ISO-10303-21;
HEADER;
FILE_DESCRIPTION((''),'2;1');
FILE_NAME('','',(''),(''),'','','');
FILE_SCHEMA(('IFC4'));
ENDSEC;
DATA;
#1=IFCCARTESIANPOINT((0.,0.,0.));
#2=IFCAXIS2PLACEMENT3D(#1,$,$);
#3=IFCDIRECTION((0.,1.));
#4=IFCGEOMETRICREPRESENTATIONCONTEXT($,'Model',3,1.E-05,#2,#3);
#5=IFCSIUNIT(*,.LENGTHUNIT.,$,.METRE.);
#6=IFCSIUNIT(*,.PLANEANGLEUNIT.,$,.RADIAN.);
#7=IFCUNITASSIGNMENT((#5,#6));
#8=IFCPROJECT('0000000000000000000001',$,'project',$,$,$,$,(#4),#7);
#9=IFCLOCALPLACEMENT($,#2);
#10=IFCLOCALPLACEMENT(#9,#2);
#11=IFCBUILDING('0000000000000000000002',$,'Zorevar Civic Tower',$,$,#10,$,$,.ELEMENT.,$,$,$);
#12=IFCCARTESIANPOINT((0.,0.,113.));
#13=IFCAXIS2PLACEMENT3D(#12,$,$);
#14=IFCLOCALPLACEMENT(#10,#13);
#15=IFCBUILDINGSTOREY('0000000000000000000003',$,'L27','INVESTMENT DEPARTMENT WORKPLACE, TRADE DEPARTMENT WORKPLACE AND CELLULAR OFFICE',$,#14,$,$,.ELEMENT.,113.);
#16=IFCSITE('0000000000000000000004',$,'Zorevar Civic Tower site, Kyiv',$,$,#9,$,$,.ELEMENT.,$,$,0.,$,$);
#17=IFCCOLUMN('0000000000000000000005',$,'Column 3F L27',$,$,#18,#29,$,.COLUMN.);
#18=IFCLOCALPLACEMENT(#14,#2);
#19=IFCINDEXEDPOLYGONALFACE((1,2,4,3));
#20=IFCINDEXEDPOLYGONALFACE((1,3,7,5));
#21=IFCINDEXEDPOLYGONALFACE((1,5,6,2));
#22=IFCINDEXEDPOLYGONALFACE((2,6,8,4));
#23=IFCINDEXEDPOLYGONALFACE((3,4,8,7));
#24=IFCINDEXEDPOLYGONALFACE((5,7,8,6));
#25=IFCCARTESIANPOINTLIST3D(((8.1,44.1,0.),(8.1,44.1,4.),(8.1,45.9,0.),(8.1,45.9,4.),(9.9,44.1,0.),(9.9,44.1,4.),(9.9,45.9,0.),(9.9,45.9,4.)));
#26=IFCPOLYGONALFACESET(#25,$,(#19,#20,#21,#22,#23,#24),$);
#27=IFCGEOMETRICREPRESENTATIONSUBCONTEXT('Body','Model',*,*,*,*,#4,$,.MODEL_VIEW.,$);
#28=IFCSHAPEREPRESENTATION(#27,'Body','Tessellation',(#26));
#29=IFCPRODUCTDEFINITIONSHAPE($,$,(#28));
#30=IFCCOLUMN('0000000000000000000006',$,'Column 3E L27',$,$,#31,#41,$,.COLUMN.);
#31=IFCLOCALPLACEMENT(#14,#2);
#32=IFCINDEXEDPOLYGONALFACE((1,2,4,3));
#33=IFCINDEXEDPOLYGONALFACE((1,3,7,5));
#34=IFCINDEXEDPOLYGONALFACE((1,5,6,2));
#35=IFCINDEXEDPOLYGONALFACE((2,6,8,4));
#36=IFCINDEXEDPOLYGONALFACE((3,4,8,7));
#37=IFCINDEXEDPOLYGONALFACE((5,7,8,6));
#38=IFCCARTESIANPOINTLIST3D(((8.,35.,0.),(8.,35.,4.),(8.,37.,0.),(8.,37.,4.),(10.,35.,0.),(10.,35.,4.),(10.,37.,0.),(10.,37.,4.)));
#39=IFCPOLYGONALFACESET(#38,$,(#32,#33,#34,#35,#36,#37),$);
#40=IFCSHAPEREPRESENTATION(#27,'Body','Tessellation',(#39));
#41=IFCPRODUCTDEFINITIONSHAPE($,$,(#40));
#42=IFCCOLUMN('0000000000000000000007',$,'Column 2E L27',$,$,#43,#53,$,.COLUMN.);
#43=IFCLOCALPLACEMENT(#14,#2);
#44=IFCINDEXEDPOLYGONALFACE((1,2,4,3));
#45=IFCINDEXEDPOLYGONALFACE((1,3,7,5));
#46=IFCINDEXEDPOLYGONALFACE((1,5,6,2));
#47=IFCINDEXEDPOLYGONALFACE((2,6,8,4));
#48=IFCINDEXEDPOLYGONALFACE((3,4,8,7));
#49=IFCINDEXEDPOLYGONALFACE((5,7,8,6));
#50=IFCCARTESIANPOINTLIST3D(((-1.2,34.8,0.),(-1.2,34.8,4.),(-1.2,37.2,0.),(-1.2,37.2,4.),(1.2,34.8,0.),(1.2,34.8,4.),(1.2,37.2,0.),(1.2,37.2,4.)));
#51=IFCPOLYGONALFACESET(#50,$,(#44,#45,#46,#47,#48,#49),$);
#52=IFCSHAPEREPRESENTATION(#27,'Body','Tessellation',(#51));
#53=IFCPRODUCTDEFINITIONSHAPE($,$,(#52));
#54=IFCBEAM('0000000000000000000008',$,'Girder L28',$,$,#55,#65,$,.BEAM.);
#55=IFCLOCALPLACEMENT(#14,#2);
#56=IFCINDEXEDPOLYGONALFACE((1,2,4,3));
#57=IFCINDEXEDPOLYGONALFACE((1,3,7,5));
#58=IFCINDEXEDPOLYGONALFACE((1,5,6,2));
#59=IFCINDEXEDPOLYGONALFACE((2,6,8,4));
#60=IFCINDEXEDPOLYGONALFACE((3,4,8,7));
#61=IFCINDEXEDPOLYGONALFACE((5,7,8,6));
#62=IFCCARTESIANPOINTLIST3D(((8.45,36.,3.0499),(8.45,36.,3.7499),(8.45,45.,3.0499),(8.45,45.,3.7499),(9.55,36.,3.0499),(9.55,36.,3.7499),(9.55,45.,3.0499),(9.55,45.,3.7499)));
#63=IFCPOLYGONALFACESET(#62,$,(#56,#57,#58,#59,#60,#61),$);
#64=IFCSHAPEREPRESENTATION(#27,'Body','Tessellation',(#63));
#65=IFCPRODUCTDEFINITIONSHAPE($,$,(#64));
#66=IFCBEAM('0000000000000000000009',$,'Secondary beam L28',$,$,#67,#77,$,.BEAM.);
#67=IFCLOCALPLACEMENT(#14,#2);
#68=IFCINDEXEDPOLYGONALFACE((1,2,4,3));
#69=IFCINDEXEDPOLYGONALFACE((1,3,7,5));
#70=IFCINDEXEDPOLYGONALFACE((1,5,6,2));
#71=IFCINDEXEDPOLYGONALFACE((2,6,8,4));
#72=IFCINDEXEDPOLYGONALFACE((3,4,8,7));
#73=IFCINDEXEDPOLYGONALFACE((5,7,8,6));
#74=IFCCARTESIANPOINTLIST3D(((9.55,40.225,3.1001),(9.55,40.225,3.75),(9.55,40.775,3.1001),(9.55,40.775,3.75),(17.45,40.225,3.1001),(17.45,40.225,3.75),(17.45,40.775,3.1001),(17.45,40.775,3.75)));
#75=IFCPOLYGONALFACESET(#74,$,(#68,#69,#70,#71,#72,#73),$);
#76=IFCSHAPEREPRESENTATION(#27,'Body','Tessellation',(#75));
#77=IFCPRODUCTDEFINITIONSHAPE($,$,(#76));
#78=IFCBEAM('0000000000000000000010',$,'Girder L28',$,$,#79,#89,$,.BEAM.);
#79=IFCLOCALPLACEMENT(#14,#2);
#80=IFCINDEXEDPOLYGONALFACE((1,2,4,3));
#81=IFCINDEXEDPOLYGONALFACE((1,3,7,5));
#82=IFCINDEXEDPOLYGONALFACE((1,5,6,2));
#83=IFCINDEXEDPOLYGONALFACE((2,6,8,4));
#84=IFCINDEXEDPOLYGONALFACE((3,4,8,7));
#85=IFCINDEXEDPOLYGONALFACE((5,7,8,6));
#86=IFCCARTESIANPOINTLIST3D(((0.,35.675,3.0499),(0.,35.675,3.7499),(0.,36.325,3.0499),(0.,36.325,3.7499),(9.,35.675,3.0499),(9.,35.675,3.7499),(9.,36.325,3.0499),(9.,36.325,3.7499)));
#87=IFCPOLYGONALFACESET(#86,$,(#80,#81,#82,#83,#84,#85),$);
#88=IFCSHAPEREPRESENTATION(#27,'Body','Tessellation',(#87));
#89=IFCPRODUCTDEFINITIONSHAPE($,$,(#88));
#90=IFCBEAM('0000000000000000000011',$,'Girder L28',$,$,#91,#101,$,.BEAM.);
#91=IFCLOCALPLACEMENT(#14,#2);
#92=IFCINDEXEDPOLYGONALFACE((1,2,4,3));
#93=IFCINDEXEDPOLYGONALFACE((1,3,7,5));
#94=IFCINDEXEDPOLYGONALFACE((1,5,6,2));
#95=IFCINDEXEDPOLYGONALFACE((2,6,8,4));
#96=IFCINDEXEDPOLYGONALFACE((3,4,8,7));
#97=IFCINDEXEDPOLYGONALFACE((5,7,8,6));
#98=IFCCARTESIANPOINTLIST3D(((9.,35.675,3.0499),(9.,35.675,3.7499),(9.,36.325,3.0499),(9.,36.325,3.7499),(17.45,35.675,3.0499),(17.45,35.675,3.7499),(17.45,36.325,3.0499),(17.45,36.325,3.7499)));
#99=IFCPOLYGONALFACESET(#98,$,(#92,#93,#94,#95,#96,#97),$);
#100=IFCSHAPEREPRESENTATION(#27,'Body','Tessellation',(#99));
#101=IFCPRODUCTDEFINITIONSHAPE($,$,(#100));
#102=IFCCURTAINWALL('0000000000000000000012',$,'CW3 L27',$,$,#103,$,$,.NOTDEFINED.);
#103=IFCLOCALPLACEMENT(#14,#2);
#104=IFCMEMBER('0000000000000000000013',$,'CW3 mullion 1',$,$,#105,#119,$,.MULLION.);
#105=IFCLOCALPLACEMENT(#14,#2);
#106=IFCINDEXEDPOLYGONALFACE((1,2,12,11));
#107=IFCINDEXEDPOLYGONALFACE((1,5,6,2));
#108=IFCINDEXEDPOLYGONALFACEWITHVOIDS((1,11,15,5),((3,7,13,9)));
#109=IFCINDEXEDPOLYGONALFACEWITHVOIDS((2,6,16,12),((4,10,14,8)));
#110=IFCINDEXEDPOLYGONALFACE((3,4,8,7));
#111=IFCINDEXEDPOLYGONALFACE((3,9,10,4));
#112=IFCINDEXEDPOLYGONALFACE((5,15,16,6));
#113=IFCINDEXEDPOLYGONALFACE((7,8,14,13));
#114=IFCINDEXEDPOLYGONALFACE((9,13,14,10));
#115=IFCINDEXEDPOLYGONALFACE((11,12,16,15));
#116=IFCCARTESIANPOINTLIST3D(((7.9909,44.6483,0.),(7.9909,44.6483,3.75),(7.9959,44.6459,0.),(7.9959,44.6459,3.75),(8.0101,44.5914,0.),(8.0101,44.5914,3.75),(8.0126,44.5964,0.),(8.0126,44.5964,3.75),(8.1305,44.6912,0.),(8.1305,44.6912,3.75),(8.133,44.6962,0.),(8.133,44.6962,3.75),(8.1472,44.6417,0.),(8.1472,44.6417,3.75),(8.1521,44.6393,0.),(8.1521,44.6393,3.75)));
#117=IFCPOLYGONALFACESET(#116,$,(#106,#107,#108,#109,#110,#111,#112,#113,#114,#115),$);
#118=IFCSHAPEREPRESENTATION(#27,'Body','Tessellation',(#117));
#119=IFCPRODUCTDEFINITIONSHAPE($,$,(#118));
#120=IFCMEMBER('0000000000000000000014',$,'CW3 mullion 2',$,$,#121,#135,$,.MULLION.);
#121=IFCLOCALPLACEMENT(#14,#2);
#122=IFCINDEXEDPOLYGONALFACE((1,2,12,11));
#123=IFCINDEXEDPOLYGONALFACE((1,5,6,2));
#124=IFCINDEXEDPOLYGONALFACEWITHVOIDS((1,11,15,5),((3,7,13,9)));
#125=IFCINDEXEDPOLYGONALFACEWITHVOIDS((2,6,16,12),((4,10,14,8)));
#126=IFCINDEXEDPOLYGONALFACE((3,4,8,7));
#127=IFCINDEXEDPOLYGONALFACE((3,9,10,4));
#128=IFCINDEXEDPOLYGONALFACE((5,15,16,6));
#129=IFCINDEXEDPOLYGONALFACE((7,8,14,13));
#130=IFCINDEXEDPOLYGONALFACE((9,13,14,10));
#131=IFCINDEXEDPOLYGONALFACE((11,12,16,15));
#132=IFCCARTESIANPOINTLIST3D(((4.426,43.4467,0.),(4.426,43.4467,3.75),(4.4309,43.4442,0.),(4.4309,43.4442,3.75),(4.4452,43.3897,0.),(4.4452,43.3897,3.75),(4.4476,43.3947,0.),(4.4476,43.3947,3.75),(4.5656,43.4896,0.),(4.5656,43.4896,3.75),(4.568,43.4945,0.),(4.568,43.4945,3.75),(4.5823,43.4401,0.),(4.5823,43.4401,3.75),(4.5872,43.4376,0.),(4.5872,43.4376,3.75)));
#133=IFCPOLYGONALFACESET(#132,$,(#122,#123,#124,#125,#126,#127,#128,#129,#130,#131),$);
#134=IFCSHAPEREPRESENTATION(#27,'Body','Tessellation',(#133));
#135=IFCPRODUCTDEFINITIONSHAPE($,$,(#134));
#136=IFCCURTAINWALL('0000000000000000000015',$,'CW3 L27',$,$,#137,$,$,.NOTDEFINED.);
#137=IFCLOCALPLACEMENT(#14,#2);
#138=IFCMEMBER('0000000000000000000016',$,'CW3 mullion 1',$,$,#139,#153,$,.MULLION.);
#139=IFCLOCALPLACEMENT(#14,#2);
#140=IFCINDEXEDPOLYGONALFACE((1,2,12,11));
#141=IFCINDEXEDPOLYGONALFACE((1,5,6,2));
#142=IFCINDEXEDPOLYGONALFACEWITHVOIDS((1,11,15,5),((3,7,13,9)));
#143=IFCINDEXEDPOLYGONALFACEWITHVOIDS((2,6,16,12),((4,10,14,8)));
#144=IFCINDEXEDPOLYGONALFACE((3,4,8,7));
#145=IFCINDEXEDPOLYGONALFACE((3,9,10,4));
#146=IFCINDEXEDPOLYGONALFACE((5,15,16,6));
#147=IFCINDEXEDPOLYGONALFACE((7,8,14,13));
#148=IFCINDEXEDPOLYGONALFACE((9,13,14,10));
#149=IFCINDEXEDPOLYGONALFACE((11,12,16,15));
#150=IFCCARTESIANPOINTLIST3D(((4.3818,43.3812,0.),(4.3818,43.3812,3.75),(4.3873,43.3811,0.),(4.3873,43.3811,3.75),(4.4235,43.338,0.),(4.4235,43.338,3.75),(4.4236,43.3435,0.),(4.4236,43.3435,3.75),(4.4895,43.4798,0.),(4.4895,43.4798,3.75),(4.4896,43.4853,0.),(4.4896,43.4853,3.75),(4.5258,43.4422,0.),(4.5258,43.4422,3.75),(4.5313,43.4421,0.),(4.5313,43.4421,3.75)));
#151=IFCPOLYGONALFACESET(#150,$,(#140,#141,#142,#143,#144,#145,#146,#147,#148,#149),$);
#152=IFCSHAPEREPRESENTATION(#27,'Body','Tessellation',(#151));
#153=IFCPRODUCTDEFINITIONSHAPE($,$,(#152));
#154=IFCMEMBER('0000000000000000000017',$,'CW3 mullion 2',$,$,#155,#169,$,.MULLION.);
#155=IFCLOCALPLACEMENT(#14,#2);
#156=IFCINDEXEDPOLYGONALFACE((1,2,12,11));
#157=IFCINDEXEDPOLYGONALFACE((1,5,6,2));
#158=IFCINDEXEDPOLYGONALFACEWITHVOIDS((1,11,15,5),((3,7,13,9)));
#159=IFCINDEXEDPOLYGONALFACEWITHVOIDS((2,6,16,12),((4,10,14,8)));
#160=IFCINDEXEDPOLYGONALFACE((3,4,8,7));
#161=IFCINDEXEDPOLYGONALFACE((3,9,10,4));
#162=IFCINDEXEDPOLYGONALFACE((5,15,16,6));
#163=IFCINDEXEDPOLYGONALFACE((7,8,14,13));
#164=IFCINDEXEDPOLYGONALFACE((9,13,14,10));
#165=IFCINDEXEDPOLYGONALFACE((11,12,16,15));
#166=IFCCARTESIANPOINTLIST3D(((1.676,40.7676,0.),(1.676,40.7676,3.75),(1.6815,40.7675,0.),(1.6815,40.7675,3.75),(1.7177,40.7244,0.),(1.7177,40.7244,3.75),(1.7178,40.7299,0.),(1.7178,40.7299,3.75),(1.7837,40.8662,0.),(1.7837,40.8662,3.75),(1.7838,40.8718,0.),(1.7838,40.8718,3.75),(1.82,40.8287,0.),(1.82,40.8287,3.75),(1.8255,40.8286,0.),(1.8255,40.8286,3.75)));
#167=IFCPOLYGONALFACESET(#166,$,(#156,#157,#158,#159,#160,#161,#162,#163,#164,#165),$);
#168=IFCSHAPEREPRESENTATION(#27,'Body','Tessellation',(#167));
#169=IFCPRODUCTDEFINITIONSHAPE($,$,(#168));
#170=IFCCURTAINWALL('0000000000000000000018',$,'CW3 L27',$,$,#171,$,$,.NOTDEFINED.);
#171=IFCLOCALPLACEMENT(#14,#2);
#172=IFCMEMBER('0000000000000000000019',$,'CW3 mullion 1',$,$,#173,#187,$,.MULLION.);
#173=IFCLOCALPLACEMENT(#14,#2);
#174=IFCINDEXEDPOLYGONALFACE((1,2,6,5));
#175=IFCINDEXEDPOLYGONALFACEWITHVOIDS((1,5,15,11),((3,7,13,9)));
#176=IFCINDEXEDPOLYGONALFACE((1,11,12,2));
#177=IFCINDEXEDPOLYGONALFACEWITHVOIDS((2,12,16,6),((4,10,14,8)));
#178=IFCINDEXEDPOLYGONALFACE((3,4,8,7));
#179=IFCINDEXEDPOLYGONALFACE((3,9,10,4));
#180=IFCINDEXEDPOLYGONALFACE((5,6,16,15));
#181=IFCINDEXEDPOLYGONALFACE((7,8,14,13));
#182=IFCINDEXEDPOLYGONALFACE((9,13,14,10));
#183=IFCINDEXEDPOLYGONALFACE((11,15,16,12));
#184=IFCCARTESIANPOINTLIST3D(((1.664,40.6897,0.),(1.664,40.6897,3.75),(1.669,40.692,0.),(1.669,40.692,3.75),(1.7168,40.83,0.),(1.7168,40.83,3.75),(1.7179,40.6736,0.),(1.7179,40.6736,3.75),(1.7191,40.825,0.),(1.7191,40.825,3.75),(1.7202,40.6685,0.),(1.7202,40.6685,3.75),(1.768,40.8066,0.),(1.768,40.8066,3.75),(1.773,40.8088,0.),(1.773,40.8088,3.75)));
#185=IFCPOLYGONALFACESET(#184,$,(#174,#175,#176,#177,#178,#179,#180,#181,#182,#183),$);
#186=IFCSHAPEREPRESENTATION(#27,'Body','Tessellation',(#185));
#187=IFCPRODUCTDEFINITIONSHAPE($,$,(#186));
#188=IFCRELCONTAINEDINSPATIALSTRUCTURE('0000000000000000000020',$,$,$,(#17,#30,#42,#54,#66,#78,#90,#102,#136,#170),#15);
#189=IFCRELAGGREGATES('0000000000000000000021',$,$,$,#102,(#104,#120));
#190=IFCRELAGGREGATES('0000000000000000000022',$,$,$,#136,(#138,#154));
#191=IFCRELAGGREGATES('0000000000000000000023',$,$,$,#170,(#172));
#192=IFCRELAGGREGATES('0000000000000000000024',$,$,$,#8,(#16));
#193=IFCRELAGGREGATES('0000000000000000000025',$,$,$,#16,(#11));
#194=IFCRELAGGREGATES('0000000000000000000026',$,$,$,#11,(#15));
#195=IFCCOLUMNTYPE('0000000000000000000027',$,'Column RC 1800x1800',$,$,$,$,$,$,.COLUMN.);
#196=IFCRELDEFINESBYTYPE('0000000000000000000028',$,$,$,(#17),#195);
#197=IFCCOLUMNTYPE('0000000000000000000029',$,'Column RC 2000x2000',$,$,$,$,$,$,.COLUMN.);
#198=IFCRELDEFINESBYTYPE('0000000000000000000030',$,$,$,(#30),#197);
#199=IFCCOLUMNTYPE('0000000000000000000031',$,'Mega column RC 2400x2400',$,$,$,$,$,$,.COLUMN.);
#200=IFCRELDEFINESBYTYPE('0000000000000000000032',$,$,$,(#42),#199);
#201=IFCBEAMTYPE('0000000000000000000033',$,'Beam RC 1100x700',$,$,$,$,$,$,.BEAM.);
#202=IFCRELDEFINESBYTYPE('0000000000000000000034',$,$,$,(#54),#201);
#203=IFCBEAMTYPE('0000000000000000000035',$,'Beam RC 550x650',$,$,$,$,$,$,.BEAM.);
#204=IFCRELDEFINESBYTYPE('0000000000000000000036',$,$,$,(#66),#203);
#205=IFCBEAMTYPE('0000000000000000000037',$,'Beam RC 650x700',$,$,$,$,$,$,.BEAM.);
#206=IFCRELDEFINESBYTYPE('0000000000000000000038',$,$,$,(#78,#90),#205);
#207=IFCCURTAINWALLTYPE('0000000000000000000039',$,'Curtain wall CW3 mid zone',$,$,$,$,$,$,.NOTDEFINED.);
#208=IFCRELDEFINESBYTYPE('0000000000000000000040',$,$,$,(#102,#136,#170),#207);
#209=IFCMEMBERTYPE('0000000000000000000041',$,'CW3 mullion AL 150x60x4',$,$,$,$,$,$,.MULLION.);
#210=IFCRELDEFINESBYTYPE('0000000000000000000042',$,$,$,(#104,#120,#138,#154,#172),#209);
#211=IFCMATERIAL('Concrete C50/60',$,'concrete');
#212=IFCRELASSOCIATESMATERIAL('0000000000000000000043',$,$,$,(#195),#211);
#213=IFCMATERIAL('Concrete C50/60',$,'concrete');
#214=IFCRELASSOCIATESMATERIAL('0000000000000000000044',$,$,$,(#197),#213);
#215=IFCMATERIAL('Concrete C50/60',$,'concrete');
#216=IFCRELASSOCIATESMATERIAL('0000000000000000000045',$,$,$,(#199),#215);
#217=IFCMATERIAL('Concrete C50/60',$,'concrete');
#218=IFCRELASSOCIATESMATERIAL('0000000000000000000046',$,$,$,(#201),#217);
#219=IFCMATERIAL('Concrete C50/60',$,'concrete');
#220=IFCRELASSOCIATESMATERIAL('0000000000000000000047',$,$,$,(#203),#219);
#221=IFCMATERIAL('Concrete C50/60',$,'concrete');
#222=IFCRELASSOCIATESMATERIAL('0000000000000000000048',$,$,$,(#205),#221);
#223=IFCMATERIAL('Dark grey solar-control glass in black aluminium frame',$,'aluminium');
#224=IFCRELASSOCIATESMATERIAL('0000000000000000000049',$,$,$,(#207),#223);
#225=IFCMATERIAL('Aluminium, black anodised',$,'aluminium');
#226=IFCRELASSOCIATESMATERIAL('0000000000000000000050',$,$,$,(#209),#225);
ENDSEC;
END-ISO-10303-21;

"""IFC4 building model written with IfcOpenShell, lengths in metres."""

from ifc_helpers import new_model, si_unit, direction, frame, origin, origin_2d, place, context, subcontext, project, spatial, rectangle, hollow_rectangle, extrude, material, material_profile, profile_set, type_object, element, aggregate, save


model = new_model("IFC4")

# Units and contexts
model_context = context("Model", 3, precision=1e-05, world=origin(), true_north=direction((0.0, 1.0)))
body_context = subcontext(model_context, "Body", "Model", "MODEL_VIEW")
ifc_project = project(units=[si_unit("LENGTHUNIT", "METRE"), si_unit("PLANEANGLEUNIT", "RADIAN")], contexts=[model_context])

# Site, building, storey
site_placement = place(None, origin())
site = spatial("IfcSite", under=ifc_project, at=site_placement, Name="Zorevar Civic Tower site, Kyiv", CompositionType="ELEMENT", RefElevation=0.0)
building_placement = place(site_placement, origin())
building = spatial("IfcBuilding", under=site, at=building_placement, Name="Zorevar Civic Tower", CompositionType="ELEMENT")
storey_placement = place(building_placement, frame((0.0, 0.0, 113.0)))
storey = spatial("IfcBuildingStorey", under=building, at=storey_placement, Name="L27", Description="INVESTMENT DEPARTMENT WORKPLACE, TRADE DEPARTMENT WORKPLACE AND CELLULAR OFFICE", CompositionType="ELEMENT", Elevation=113.0)

# Columns
ifc_material_1 = material(Name="Concrete C50/60", Category="concrete")
ifc_material_profile_1 = material_profile(ifc_material_1, rectangle(XDim=1.8, YDim=1.8, at=origin_2d()), Name="RC 1800x1800")
ifc_profile_set_1 = profile_set([ifc_material_profile_1], Name="Concrete C50/60")
column_type_1 = type_object("IfcColumnType", Name="Column RC 1800x1800", PredefinedType="COLUMN", material=ifc_profile_set_1)
column_1_placement = place(storey_placement, frame((9.0, 45.0, 0.0), z_axis=(0.0, 0.0, 1.0), x_axis=(1.0, 0.0, 0.0)))
element("IfcColumn", 1, at=column_1_placement, inside=storey, type_object=column_type_1, Name="Column 3F L27", PredefinedType="COLUMN", context=body_context, shape_type="SweptSolid", body=[
    extrude(rectangle(XDim=1.8, YDim=1.8, at=origin_2d()), origin(), (0.0, 0.0, 1.0), 4.0),
])
ifc_material_2 = material(Name="Concrete C50/60", Category="concrete")
ifc_material_profile_2 = material_profile(ifc_material_2, rectangle(XDim=2.0, YDim=2.0, at=origin_2d()), Name="RC 2000x2000")
ifc_profile_set_2 = profile_set([ifc_material_profile_2], Name="Concrete C50/60")
column_type_2 = type_object("IfcColumnType", Name="Column RC 2000x2000", PredefinedType="COLUMN", material=ifc_profile_set_2)
column_2_placement = place(storey_placement, frame((9.0, 36.0, 0.0), z_axis=(0.0, 0.0, 1.0), x_axis=(1.0, 0.0, 0.0)))
element("IfcColumn", 2, at=column_2_placement, inside=storey, type_object=column_type_2, Name="Column 3E L27", PredefinedType="COLUMN", context=body_context, shape_type="SweptSolid", body=[
    extrude(rectangle(XDim=2.0, YDim=2.0, at=origin_2d()), origin(), (0.0, 0.0, 1.0), 4.0),
])
ifc_material_3 = material(Name="Concrete C50/60", Category="concrete")
ifc_material_profile_3 = material_profile(ifc_material_3, rectangle(XDim=2.3999, YDim=2.3999, at=origin_2d()), Name="RC 2400x2400")
ifc_profile_set_3 = profile_set([ifc_material_profile_3], Name="Concrete C50/60")
column_type_3 = type_object("IfcColumnType", Name="Mega column RC 2400x2400", PredefinedType="COLUMN", material=ifc_profile_set_3)
column_3_placement = place(storey_placement, frame((0.0, 36.0, 0.0), z_axis=(0.0, 0.0, 1.0), x_axis=(1.0, 0.0, 0.0)))
element("IfcColumn", 3, at=column_3_placement, inside=storey, type_object=column_type_3, Name="Column 2E L27", PredefinedType="COLUMN", context=body_context, shape_type="SweptSolid", body=[
    extrude(rectangle(XDim=2.3999, YDim=2.3999, at=origin_2d()), origin(), (0.0, 0.0, 1.0), 4.0),
])

# Beams
ifc_material_4 = material(Name="Concrete C50/60", Category="concrete")
ifc_material_profile_4 = material_profile(ifc_material_4, rectangle(XDim=1.1001, YDim=0.7, at=origin_2d()), Name="RC 1100x700")
ifc_profile_set_4 = profile_set([ifc_material_profile_4], Name="Concrete C50/60")
beam_type_1 = type_object("IfcBeamType", Name="Beam RC 1100x700", PredefinedType="BEAM", material=ifc_profile_set_4)
beam_1_placement = place(storey_placement, frame((9.0, 36.0, 3.3999), z_axis=(0.0, 1.0, 0.0), x_axis=(-1.0, 0.0, 0.0)))
element("IfcBeam", 4, at=beam_1_placement, inside=storey, type_object=beam_type_1, Name="Girder L28", PredefinedType="BEAM", context=body_context, shape_type="SweptSolid", body=[
    extrude(rectangle(XDim=1.1001, YDim=0.7, at=origin_2d()), origin(), (0.0, 0.0, 1.0), 9.0),
])
ifc_material_5 = material(Name="Concrete C50/60", Category="concrete")
ifc_material_profile_5 = material_profile(ifc_material_5, rectangle(XDim=0.55, YDim=0.6499, at=origin_2d()), Name="RC 550x650")
ifc_profile_set_5 = profile_set([ifc_material_profile_5], Name="Concrete C50/60")
beam_type_2 = type_object("IfcBeamType", Name="Beam RC 550x650", PredefinedType="BEAM", material=ifc_profile_set_5)
beam_2_placement = place(storey_placement, frame((9.55, 40.5, 3.425), z_axis=(1.0, 0.0, 0.0), x_axis=(0.0, 1.0, 0.0)))
element("IfcBeam", 5, at=beam_2_placement, inside=storey, type_object=beam_type_2, Name="Secondary beam L28", PredefinedType="BEAM", context=body_context, shape_type="SweptSolid", body=[
    extrude(rectangle(XDim=0.55, YDim=0.6499, at=origin_2d()), origin(), (0.0, 0.0, 1.0), 7.8999),
])
ifc_material_6 = material(Name="Concrete C50/60", Category="concrete")
ifc_material_profile_6 = material_profile(ifc_material_6, rectangle(XDim=0.6499, YDim=0.7, at=origin_2d()), Name="RC 650x700")
ifc_profile_set_6 = profile_set([ifc_material_profile_6], Name="Concrete C50/60")
beam_type_3 = type_object("IfcBeamType", Name="Beam RC 650x700", PredefinedType="BEAM", material=ifc_profile_set_6)
beam_3_placement = place(storey_placement, frame((0.0, 36.0, 3.3999), z_axis=(1.0, 0.0, 0.0), x_axis=(0.0, 1.0, 0.0)))
element("IfcBeam", 6, at=beam_3_placement, inside=storey, type_object=beam_type_3, Name="Girder L28", PredefinedType="BEAM", context=body_context, shape_type="SweptSolid", body=[
    extrude(rectangle(XDim=0.6499, YDim=0.7, at=origin_2d()), origin(), (0.0, 0.0, 1.0), 9.0),
])
beam_4_placement = place(storey_placement, frame((9.0, 36.0, 3.3999), z_axis=(1.0, 0.0, 0.0), x_axis=(0.0, 1.0, 0.0)))
element("IfcBeam", 7, at=beam_4_placement, inside=storey, type_object=beam_type_3, Name="Girder L28", PredefinedType="BEAM", context=body_context, shape_type="SweptSolid", body=[
    extrude(rectangle(XDim=0.6499, YDim=0.7, at=origin_2d()), origin(), (0.0, 0.0, 1.0), 8.45),
])

# Curtain walls, members
ifc_material_7 = material(Name="Dark grey solar-control glass in black aluminium frame", Category="aluminium")
curtain_wall_type = type_object("IfcCurtainWallType", Name="Curtain wall CW3 mid zone", PredefinedType="NOTDEFINED", material=ifc_material_7)
curtain_wall_1_placement = place(storey_placement, origin())
curtain_wall_1 = element("IfcCurtainWall", 8, at=curtain_wall_1_placement, inside=storey, type_object=curtain_wall_type, Name="CW3 L27", PredefinedType="NOTDEFINED")
ifc_material_8 = material(Name="Aluminium, black anodised", Category="aluminium")
ifc_material_profile_7 = material_profile(ifc_material_8, hollow_rectangle(XDim=0.0601, YDim=0.1499, WallThickness=0.0039, at=origin_2d()), Name="AL 150x60x4")
ifc_profile_set_7 = profile_set([ifc_material_profile_7], Name="Aluminium, black anodised")
member_type_1 = type_object("IfcMemberType", Name="CW3 mullion AL 150x60x4", PredefinedType="MULLION", material=ifc_profile_set_7)
member_1_placement = place(storey_placement, frame((8.0715, 44.6438, 0.0), z_axis=(0.0, 0.0, 1.0), x_axis=(0.319413, -0.947616, 0.0)))
member_1 = element("IfcMember", 9, at=member_1_placement, type_object=member_type_1, Name="CW3 mullion 1", PredefinedType="MULLION", context=body_context, shape_type="SweptSolid", body=[
    extrude(hollow_rectangle(XDim=0.0601, YDim=0.1499, WallThickness=0.0039, at=origin_2d()), origin(), (0.0, 0.0, 1.0), 3.75),
])
member_2_placement = place(storey_placement, frame((4.5066, 43.4421, 0.0), z_axis=(0.0, 0.0, 1.0), x_axis=(0.319413, -0.947616, 0.0)))
member_2 = element("IfcMember", 10, at=member_2_placement, type_object=member_type_1, Name="CW3 mullion 2", PredefinedType="MULLION", context=body_context, shape_type="SweptSolid", body=[
    extrude(hollow_rectangle(XDim=0.0601, YDim=0.1499, WallThickness=0.0039, at=origin_2d()), origin(), (0.0, 0.0, 1.0), 3.75),
])
curtain_wall_2_placement = place(storey_placement, origin())
curtain_wall_2 = element("IfcCurtainWall", 11, at=curtain_wall_2_placement, inside=storey, type_object=curtain_wall_type, Name="CW3 L27", PredefinedType="NOTDEFINED")
member_3_placement = place(storey_placement, frame((4.4565, 43.4116, 0.0), z_axis=(0.0, 0.0, 1.0), x_axis=(0.694719, -0.719281, 0.0)))
member_3 = element("IfcMember", 12, at=member_3_placement, type_object=member_type_1, Name="CW3 mullion 1", PredefinedType="MULLION", context=body_context, shape_type="SweptSolid", body=[
    extrude(hollow_rectangle(XDim=0.0601, YDim=0.1499, WallThickness=0.0039, at=origin_2d()), origin(), (0.0, 0.0, 1.0), 3.75),
])
member_4_placement = place(storey_placement, frame((1.7507, 40.7981, 0.0), z_axis=(0.0, 0.0, 1.0), x_axis=(0.694719, -0.719281, 0.0)))
member_4 = element("IfcMember", 13, at=member_4_placement, type_object=member_type_1, Name="CW3 mullion 2", PredefinedType="MULLION", context=body_context, shape_type="SweptSolid", body=[
    extrude(hollow_rectangle(XDim=0.0601, YDim=0.1499, WallThickness=0.0039, at=origin_2d()), origin(), (0.0, 0.0, 1.0), 3.75),
])
curtain_wall_3_placement = place(storey_placement, origin())
curtain_wall_3 = element("IfcCurtainWall", 14, at=curtain_wall_3_placement, inside=storey, type_object=curtain_wall_type, Name="CW3 L27", PredefinedType="NOTDEFINED")
member_5_placement = place(storey_placement, frame((1.7185, 40.7493, 0.0), z_axis=(0.0, 0.0, 1.0), x_axis=(0.935951, -0.352132, 0.0)))
member_5 = element("IfcMember", 15, at=member_5_placement, type_object=member_type_1, Name="CW3 mullion 1", PredefinedType="MULLION", context=body_context, shape_type="SweptSolid", body=[
    extrude(hollow_rectangle(XDim=0.0601, YDim=0.1499, WallThickness=0.0039, at=origin_2d()), origin(), (0.0, 0.0, 1.0), 3.75),
])

aggregate(curtain_wall_1, [member_1, member_2])
aggregate(curtain_wall_2, [member_3, member_4])
aggregate(curtain_wall_3, [member_5])

save(model, "model.ifc")
